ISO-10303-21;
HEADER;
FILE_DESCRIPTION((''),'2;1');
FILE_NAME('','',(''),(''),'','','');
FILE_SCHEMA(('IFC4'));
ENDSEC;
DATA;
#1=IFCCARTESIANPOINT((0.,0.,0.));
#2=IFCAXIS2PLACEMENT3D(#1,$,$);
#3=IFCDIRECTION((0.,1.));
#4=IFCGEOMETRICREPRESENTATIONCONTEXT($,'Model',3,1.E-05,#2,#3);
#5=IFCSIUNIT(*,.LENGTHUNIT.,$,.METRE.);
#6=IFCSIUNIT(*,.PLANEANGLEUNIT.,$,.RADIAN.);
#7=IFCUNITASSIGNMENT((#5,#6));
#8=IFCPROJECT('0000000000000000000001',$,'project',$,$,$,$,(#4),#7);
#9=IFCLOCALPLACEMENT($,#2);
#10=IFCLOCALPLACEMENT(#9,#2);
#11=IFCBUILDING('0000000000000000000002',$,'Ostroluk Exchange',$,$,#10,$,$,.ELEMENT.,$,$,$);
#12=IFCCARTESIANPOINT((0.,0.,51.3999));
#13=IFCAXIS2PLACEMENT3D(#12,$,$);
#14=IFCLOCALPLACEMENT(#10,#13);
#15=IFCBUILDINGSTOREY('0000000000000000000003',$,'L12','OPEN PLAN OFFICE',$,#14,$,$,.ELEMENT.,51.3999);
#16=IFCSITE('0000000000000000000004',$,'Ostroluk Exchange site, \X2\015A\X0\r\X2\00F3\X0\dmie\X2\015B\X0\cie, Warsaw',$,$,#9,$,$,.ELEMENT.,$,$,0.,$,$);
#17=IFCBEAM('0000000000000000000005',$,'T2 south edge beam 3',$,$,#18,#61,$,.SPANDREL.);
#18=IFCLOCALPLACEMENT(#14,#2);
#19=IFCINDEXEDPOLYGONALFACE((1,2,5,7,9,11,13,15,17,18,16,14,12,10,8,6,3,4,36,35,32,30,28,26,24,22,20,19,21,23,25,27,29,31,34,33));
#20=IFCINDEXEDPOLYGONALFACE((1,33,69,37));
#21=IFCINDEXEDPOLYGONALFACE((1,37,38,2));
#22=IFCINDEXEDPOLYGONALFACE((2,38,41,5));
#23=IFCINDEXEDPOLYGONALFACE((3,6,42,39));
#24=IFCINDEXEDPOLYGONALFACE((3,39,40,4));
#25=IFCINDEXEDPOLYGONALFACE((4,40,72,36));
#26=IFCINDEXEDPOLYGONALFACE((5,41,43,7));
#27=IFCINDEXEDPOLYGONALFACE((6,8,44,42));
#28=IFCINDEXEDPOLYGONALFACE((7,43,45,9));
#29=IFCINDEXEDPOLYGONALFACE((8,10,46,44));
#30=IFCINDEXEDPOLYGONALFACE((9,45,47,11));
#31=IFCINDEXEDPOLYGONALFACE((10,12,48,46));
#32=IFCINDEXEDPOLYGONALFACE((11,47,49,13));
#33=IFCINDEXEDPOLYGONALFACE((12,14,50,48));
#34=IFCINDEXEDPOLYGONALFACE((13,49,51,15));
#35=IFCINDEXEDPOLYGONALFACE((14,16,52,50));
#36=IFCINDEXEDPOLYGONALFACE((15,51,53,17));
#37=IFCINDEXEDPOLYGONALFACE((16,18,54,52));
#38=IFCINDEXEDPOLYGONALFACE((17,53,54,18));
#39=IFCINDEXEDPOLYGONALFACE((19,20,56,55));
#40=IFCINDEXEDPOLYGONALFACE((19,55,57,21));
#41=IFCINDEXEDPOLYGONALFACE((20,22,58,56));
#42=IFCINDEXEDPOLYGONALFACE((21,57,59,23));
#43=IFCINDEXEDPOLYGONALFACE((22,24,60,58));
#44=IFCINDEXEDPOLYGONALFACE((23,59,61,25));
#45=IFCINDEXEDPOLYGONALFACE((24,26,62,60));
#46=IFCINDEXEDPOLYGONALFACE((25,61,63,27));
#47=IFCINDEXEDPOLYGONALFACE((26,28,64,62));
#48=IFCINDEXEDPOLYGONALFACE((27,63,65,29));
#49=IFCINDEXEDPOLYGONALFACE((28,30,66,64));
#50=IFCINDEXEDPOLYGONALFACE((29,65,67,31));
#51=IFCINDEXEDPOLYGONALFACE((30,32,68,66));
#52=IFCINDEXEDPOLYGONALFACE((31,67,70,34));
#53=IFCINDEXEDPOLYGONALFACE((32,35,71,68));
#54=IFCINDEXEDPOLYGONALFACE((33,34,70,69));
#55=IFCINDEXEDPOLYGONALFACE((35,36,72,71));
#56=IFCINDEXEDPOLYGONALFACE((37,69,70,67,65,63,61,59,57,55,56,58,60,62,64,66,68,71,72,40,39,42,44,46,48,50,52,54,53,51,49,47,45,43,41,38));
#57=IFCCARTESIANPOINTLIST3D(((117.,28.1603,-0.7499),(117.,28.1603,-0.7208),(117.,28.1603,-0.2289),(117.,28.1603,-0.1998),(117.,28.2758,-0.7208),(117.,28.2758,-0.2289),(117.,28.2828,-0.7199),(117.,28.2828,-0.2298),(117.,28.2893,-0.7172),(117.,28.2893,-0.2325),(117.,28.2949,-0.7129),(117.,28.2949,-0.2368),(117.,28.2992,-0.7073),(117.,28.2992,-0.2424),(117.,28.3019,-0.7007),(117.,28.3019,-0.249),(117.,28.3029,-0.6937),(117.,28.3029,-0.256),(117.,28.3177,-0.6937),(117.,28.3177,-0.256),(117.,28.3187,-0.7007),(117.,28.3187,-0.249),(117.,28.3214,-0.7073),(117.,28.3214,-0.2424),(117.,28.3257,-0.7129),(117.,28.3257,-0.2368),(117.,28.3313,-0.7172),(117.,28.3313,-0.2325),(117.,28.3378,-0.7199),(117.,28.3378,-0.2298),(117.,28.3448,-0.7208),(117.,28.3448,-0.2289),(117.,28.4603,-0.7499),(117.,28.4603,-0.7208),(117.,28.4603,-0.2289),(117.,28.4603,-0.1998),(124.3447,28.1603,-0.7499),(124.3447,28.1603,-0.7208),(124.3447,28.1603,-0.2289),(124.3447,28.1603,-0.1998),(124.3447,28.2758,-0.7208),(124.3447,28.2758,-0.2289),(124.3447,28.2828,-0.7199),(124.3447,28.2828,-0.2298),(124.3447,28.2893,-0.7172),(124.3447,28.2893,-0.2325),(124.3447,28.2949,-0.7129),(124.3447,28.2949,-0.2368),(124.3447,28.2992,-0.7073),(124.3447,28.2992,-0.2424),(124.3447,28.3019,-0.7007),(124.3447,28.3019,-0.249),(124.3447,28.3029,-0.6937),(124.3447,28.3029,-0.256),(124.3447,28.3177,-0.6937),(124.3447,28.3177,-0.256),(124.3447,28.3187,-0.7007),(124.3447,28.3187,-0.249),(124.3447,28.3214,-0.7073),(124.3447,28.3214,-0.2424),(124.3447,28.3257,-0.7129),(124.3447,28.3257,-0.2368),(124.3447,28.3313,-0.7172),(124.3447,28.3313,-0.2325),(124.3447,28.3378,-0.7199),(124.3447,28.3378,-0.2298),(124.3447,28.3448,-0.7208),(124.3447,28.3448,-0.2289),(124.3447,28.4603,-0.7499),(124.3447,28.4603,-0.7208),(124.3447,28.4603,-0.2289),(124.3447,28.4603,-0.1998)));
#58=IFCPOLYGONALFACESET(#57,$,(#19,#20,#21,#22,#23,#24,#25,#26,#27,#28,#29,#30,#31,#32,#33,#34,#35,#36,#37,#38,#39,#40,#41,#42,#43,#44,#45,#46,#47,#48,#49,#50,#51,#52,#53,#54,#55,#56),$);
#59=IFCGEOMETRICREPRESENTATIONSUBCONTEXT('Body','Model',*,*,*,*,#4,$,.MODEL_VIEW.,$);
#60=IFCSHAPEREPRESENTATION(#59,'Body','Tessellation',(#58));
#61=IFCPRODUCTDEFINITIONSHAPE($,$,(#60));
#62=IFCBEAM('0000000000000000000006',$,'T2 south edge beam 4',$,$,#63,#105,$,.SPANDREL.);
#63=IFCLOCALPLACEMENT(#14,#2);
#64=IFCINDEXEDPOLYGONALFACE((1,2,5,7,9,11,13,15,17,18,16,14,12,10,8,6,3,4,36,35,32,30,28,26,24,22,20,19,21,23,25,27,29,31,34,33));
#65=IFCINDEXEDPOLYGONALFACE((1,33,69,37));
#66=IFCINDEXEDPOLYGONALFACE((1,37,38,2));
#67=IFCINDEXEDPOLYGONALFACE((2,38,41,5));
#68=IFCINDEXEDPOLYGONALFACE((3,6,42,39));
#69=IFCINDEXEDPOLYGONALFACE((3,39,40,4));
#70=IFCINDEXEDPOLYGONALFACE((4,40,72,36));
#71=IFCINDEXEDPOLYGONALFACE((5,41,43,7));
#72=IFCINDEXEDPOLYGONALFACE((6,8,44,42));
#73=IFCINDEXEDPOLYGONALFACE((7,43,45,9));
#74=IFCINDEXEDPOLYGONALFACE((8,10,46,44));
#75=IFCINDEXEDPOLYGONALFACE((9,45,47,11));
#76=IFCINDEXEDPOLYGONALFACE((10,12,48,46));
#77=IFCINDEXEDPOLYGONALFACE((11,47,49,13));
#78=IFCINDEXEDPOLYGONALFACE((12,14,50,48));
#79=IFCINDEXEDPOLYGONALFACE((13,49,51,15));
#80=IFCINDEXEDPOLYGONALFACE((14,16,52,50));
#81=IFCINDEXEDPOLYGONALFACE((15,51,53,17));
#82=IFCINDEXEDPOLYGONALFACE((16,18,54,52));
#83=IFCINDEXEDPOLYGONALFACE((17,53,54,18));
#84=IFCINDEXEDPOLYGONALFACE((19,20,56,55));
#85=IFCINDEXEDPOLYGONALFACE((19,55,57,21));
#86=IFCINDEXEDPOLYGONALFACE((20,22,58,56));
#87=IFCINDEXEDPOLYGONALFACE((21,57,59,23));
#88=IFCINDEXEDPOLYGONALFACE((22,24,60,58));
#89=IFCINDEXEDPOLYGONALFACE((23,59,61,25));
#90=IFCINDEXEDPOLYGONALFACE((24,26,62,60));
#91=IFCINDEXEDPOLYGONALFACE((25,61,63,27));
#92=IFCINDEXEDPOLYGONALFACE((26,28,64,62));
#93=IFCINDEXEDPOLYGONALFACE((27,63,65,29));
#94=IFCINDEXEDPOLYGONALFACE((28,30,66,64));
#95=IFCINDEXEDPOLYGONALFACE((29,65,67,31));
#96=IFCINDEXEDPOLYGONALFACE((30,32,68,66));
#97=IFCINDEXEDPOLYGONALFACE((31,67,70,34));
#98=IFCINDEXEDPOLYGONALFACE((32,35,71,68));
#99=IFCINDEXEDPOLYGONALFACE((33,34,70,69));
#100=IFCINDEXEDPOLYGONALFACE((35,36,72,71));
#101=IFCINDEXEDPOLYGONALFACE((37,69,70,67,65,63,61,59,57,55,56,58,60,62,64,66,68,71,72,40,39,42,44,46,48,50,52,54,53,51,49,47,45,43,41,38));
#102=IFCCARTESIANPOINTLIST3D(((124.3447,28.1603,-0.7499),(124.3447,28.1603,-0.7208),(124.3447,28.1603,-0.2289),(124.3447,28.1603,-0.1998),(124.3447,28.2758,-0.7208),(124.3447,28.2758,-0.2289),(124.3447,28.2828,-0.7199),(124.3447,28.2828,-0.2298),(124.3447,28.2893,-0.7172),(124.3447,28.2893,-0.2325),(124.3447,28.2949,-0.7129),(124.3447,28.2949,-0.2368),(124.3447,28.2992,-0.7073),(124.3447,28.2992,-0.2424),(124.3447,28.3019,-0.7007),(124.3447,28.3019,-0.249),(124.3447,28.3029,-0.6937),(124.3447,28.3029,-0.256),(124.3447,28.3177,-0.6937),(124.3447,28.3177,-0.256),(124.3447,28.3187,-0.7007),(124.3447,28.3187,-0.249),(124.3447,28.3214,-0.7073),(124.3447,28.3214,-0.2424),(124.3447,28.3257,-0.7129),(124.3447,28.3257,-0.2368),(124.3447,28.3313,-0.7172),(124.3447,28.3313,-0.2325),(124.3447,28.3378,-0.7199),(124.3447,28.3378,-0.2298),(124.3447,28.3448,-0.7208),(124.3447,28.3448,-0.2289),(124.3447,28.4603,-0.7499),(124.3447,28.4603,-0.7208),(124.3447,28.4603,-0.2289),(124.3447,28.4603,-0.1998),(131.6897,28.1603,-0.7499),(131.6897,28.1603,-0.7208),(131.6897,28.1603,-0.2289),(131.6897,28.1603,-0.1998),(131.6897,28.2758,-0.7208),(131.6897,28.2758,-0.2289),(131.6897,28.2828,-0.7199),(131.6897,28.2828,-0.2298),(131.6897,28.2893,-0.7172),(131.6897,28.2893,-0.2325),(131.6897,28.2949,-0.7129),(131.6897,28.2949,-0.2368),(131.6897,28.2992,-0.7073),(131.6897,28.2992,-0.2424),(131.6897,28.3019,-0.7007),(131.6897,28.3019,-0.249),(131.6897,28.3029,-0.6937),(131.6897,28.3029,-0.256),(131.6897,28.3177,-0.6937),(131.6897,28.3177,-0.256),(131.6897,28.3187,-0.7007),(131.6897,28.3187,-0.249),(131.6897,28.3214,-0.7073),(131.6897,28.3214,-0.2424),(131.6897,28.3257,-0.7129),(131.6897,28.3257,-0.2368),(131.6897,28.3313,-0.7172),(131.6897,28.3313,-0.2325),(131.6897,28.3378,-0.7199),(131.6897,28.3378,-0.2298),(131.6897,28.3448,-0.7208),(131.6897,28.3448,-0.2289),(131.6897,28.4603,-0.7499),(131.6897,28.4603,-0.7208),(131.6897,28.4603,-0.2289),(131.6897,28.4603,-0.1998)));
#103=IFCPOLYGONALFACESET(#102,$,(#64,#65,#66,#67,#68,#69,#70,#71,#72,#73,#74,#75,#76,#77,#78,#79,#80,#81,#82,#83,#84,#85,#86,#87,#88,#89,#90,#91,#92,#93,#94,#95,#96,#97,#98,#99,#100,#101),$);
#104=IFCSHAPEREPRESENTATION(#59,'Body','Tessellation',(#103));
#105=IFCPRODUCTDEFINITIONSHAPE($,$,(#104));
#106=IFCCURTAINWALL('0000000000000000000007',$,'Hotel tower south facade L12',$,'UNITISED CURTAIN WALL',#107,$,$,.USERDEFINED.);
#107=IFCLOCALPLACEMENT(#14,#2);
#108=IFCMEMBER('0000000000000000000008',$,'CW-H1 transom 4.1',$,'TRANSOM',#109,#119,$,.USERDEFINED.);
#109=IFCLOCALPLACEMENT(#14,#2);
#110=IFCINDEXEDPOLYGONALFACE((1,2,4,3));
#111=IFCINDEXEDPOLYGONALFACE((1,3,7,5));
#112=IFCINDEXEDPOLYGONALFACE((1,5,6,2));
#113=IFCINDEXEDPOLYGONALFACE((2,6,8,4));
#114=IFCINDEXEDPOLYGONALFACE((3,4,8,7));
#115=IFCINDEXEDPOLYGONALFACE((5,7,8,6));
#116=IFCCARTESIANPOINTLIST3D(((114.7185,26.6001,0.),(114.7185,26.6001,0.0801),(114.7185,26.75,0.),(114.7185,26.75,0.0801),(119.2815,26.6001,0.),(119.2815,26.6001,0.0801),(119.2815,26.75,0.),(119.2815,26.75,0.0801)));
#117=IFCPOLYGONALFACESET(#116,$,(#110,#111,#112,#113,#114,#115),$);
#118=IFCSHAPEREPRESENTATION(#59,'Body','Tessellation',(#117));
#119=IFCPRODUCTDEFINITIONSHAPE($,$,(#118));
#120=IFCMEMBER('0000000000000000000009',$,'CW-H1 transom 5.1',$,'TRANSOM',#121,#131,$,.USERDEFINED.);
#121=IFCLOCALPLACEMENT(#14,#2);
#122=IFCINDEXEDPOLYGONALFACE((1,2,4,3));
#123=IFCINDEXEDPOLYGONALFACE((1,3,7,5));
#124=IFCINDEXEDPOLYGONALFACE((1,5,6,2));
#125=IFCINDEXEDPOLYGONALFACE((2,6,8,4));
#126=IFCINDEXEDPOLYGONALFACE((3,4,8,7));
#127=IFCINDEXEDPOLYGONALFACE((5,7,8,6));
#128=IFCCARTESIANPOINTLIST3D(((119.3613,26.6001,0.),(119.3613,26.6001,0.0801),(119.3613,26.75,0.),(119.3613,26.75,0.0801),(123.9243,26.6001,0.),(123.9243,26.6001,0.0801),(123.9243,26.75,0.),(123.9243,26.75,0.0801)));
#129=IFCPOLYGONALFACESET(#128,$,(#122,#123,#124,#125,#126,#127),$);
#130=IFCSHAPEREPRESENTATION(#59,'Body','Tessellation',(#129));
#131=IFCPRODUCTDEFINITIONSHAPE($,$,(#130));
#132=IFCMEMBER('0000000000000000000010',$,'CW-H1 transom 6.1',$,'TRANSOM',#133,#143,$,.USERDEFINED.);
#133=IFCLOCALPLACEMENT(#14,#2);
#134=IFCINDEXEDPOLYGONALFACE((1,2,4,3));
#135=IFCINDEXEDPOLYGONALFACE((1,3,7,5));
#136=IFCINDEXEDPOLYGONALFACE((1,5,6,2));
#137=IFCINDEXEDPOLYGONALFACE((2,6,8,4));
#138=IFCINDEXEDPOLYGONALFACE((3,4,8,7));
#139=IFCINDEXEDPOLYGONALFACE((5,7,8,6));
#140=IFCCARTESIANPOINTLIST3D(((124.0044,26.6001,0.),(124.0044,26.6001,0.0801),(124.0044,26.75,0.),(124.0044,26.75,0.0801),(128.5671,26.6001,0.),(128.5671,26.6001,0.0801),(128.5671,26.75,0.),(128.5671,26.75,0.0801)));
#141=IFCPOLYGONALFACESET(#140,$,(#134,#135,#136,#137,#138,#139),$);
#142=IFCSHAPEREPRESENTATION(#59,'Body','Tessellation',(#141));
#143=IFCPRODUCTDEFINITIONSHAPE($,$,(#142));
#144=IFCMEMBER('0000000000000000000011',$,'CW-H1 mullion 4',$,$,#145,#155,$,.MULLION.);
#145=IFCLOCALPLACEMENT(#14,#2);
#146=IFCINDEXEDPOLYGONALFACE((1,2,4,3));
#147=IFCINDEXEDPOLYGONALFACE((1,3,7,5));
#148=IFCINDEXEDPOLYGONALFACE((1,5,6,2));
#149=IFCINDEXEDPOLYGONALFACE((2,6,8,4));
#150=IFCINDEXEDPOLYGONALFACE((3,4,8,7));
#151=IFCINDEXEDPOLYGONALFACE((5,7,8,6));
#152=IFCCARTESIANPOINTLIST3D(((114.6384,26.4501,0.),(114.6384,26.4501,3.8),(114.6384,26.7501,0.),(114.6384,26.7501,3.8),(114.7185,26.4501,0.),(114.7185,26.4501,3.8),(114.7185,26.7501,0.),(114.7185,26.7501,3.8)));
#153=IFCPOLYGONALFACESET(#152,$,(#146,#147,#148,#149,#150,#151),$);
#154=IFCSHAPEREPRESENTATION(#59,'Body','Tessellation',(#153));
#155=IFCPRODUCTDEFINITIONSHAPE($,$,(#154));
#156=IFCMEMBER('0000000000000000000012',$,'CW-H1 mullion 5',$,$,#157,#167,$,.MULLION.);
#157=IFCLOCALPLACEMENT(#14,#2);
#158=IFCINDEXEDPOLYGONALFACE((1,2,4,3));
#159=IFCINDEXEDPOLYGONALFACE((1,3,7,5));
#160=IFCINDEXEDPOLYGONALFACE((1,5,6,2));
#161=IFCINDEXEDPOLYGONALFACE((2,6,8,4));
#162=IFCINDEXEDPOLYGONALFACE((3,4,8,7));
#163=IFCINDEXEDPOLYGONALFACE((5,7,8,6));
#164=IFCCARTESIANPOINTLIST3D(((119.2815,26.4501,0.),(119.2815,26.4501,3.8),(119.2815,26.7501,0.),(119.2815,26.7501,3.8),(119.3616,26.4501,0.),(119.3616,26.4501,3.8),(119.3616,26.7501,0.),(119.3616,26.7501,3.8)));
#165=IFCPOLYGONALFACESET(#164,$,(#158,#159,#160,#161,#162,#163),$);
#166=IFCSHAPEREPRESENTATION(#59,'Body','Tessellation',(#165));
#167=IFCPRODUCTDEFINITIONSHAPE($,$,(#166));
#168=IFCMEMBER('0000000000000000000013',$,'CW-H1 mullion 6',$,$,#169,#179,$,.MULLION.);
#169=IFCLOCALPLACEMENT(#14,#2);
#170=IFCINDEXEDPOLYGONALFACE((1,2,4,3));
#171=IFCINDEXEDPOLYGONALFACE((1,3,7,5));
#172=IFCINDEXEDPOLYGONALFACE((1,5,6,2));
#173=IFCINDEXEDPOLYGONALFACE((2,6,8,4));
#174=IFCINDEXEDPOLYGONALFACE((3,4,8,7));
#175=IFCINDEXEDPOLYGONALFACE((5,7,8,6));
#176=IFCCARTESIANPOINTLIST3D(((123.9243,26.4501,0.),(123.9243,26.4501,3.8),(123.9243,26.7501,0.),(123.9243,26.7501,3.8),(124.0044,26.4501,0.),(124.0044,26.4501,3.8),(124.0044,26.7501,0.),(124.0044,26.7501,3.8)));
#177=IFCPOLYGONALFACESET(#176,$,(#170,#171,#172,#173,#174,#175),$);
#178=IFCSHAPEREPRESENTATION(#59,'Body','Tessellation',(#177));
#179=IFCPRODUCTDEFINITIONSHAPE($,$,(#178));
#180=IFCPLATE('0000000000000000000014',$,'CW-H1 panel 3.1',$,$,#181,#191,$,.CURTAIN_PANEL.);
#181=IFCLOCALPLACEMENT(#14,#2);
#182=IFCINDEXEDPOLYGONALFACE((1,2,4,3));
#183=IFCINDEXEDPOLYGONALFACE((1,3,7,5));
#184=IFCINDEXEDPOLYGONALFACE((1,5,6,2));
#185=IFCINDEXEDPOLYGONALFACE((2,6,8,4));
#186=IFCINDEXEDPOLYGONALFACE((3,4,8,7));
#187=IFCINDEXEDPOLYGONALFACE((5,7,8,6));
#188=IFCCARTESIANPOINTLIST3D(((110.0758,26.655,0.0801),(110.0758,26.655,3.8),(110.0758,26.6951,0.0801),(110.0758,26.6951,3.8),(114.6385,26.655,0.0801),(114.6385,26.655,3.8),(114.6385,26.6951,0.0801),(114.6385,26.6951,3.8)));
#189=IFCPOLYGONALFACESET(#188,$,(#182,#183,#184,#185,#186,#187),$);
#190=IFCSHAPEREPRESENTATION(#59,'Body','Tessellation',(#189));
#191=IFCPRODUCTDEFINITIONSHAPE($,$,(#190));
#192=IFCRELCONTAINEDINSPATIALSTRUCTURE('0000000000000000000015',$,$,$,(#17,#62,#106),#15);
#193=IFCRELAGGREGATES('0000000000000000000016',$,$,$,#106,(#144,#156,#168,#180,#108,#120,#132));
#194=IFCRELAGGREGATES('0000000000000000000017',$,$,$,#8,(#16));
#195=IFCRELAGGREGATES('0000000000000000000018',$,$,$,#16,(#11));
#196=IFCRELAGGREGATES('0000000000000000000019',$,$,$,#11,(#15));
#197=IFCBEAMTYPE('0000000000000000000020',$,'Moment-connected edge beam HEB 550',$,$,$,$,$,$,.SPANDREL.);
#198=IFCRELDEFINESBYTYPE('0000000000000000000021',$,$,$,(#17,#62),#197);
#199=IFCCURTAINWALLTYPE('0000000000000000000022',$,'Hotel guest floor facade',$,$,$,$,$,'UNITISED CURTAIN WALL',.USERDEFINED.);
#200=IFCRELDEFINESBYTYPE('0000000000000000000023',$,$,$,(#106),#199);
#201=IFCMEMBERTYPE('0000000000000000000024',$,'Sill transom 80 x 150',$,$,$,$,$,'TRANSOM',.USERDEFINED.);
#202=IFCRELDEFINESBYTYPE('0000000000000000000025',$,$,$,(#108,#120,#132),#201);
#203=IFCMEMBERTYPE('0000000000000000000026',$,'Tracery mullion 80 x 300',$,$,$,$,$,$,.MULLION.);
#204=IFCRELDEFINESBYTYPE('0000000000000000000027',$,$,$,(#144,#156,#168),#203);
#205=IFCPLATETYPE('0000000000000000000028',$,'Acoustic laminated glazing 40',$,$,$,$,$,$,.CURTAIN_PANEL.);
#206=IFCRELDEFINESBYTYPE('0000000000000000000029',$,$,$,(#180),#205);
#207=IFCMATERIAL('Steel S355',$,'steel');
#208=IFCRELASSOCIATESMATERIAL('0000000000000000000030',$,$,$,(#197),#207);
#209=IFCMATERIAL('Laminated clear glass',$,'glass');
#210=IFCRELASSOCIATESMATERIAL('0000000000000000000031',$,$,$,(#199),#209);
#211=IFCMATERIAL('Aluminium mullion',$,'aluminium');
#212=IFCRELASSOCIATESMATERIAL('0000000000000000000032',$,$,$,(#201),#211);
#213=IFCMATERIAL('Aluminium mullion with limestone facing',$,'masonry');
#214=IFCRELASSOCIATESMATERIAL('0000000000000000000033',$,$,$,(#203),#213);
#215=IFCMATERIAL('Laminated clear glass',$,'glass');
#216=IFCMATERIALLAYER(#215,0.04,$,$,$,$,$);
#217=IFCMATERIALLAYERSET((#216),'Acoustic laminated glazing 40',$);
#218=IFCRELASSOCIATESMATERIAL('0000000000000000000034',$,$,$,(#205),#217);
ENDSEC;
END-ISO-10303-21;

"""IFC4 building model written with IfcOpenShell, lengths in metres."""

from ifc_helpers import new_model, si_unit, direction, frame, origin, origin_2d, place, context, subcontext, project, spatial, rectangle, i_section, extrude, material, layer, layer_set, material_profile, profile_set, type_object, element, aggregate, save


model = new_model("IFC4")

# Units and contexts
model_context = context("Model", 3, precision=1e-05, world=origin(), true_north=direction((0.0, 1.0)))
body_context = subcontext(model_context, "Body", "Model", "MODEL_VIEW")
ifc_project = project(units=[si_unit("LENGTHUNIT", "METRE"), si_unit("PLANEANGLEUNIT", "RADIAN")], contexts=[model_context])

# Site, building, storey
site_placement = place(None, origin())
site = spatial("IfcSite", under=ifc_project, at=site_placement, Name="Ostroluk Exchange site, Śródmieście, Warsaw", CompositionType="ELEMENT", RefElevation=0.0)
building_placement = place(site_placement, origin())
building = spatial("IfcBuilding", under=site, at=building_placement, Name="Ostroluk Exchange", CompositionType="ELEMENT")
storey_placement = place(building_placement, frame((0.0, 0.0, 51.3999)))
storey = spatial("IfcBuildingStorey", under=building, at=storey_placement, Name="L12", Description="OPEN PLAN OFFICE", CompositionType="ELEMENT", Elevation=51.3999)

# Beams
ifc_material_1 = material(Name="Steel S355", Category="steel")
ifc_material_profile_1 = material_profile(ifc_material_1, i_section(OverallWidth=0.3, OverallDepth=0.55, WebThickness=0.0149, FlangeThickness=0.0291, FilletRadius=0.0271, at=origin_2d()), Name="HEB 550")
ifc_profile_set_1 = profile_set([ifc_material_profile_1], Name="Steel S355")
beam_type = type_object("IfcBeamType", Name="Moment-connected edge beam HEB 550", PredefinedType="SPANDREL", material=ifc_profile_set_1)
beam_1_placement = place(storey_placement, frame((117.0, 28.3103, -0.4749), z_axis=(1.0, 0.0, 0.0), x_axis=(0.0, 1.0, 0.0)))
element("IfcBeam", 1, at=beam_1_placement, inside=storey, type_object=beam_type, Name="T2 south edge beam 3", PredefinedType="SPANDREL", context=body_context, shape_type="SweptSolid", body=[
    extrude(i_section(OverallWidth=0.3, OverallDepth=0.55, WebThickness=0.0149, FlangeThickness=0.0291, FilletRadius=0.0271, at=origin_2d()), origin(), (0.0, 0.0, 1.0), 7.3447),
])
beam_2_placement = place(storey_placement, frame((124.3447, 28.3103, -0.4749), z_axis=(1.0, 0.0, 0.0), x_axis=(0.0, 1.0, 0.0)))
element("IfcBeam", 2, at=beam_2_placement, inside=storey, type_object=beam_type, Name="T2 south edge beam 4", PredefinedType="SPANDREL", context=body_context, shape_type="SweptSolid", body=[
    extrude(i_section(OverallWidth=0.3, OverallDepth=0.55, WebThickness=0.0149, FlangeThickness=0.0291, FilletRadius=0.0271, at=origin_2d()), origin(), (0.0, 0.0, 1.0), 7.345),
])

# Curtain wall, members, plate
ifc_material_2 = material(Name="Laminated clear glass", Category="glass")
curtain_wall_type = type_object("IfcCurtainWallType", Name="Hotel guest floor facade", ElementType="UNITISED CURTAIN WALL", PredefinedType="USERDEFINED", material=ifc_material_2)
curtain_wall_placement = place(storey_placement, origin())
curtain_wall = element("IfcCurtainWall", 3, at=curtain_wall_placement, inside=storey, type_object=curtain_wall_type, Name="Hotel tower south facade L12", ObjectType="UNITISED CURTAIN WALL", PredefinedType="USERDEFINED")
ifc_material_3 = material(Name="Aluminium mullion", Category="aluminium")
ifc_material_profile_2 = material_profile(ifc_material_3, rectangle(XDim=0.1499, YDim=0.0801, at=origin_2d()), Name="Sill transom 80 x 150")
ifc_profile_set_2 = profile_set([ifc_material_profile_2], Name="Aluminium mullion")
member_type_1 = type_object("IfcMemberType", Name="Sill transom 80 x 150", ElementType="TRANSOM", PredefinedType="USERDEFINED", material=ifc_profile_set_2)
member_1_placement = place(storey_placement, frame((114.7185, 26.675, 0.04), z_axis=(1.0, 0.0, 0.0), x_axis=(0.0, 1.0, 0.0)))
member_1 = element("IfcMember", 4, at=member_1_placement, type_object=member_type_1, Name="CW-H1 transom 4.1", ObjectType="TRANSOM", PredefinedType="USERDEFINED", context=body_context, shape_type="SweptSolid", body=[
    extrude(rectangle(XDim=0.1499, YDim=0.0801, at=origin_2d()), origin(), (0.0, 0.0, 1.0), 4.563),
])
member_2_placement = place(storey_placement, frame((119.3613, 26.675, 0.04), z_axis=(1.0, 0.0, 0.0), x_axis=(0.0, 1.0, 0.0)))
member_2 = element("IfcMember", 5, at=member_2_placement, type_object=member_type_1, Name="CW-H1 transom 5.1", ObjectType="TRANSOM", PredefinedType="USERDEFINED", context=body_context, shape_type="SweptSolid", body=[
    extrude(rectangle(XDim=0.1499, YDim=0.0801, at=origin_2d()), origin(), (0.0, 0.0, 1.0), 4.563),
])
member_3_placement = place(storey_placement, frame((124.0044, 26.675, 0.04), z_axis=(1.0, 0.0, 0.0), x_axis=(0.0, 1.0, 0.0)))
member_3 = element("IfcMember", 6, at=member_3_placement, type_object=member_type_1, Name="CW-H1 transom 6.1", ObjectType="TRANSOM", PredefinedType="USERDEFINED", context=body_context, shape_type="SweptSolid", body=[
    extrude(rectangle(XDim=0.1499, YDim=0.0801, at=origin_2d()), origin(), (0.0, 0.0, 1.0), 4.5627),
])
ifc_material_4 = material(Name="Aluminium mullion with limestone facing", Category="masonry")
ifc_material_profile_3 = material_profile(ifc_material_4, rectangle(XDim=0.3, YDim=0.0801, at=origin_2d()), Name="Tracery mullion 80 x 300")
ifc_profile_set_3 = profile_set([ifc_material_profile_3], Name="Aluminium mullion with limestone facing")
member_type_2 = type_object("IfcMemberType", Name="Tracery mullion 80 x 300", PredefinedType="MULLION", material=ifc_profile_set_3)
member_4_placement = place(storey_placement, frame((114.6785, 26.6001, 0.0), z_axis=(0.0, 0.0, 1.0), x_axis=(0.0, 1.0, 0.0)))
member_4 = element("IfcMember", 7, at=member_4_placement, type_object=member_type_2, Name="CW-H1 mullion 4", PredefinedType="MULLION", context=body_context, shape_type="SweptSolid", body=[
    extrude(rectangle(XDim=0.3, YDim=0.0801, at=origin_2d()), origin(), (0.0, 0.0, 1.0), 3.8),
])
member_5_placement = place(storey_placement, frame((119.3215, 26.6001, 0.0), z_axis=(0.0, 0.0, 1.0), x_axis=(0.0, 1.0, 0.0)))
member_5 = element("IfcMember", 8, at=member_5_placement, type_object=member_type_2, Name="CW-H1 mullion 5", PredefinedType="MULLION", context=body_context, shape_type="SweptSolid", body=[
    extrude(rectangle(XDim=0.3, YDim=0.0801, at=origin_2d()), origin(), (0.0, 0.0, 1.0), 3.8),
])
member_6_placement = place(storey_placement, frame((123.9644, 26.6001, 0.0), z_axis=(0.0, 0.0, 1.0), x_axis=(0.0, 1.0, 0.0)))
member_6 = element("IfcMember", 9, at=member_6_placement, type_object=member_type_2, Name="CW-H1 mullion 6", PredefinedType="MULLION", context=body_context, shape_type="SweptSolid", body=[
    extrude(rectangle(XDim=0.3, YDim=0.0801, at=origin_2d()), origin(), (0.0, 0.0, 1.0), 3.8),
])
ifc_material_5 = material(Name="Laminated clear glass", Category="glass")
ifc_layer_1 = layer(ifc_material_5, 0.04)
ifc_layer_set_1 = layer_set([ifc_layer_1], Name="Acoustic laminated glazing 40")
plate_type = type_object("IfcPlateType", Name="Acoustic laminated glazing 40", PredefinedType="CURTAIN_PANEL", material=ifc_layer_set_1)
plate_1_placement = place(storey_placement, frame((112.3572, 26.675, 0.0801), z_axis=(0.0, 0.0, 1.0), x_axis=(1.0, 0.0, 0.0)))
plate_1 = element("IfcPlate", 10, at=plate_1_placement, type_object=plate_type, Name="CW-H1 panel 3.1", PredefinedType="CURTAIN_PANEL", context=body_context, shape_type="SweptSolid", body=[
    extrude(rectangle(XDim=4.5627, YDim=0.04, at=origin_2d()), origin(), (0.0, 0.0, 1.0), 3.72),
])
aggregate(curtain_wall, [member_4, member_5, member_6, plate_1, member_1, member_2, member_3])

save(model, "model.ifc")
